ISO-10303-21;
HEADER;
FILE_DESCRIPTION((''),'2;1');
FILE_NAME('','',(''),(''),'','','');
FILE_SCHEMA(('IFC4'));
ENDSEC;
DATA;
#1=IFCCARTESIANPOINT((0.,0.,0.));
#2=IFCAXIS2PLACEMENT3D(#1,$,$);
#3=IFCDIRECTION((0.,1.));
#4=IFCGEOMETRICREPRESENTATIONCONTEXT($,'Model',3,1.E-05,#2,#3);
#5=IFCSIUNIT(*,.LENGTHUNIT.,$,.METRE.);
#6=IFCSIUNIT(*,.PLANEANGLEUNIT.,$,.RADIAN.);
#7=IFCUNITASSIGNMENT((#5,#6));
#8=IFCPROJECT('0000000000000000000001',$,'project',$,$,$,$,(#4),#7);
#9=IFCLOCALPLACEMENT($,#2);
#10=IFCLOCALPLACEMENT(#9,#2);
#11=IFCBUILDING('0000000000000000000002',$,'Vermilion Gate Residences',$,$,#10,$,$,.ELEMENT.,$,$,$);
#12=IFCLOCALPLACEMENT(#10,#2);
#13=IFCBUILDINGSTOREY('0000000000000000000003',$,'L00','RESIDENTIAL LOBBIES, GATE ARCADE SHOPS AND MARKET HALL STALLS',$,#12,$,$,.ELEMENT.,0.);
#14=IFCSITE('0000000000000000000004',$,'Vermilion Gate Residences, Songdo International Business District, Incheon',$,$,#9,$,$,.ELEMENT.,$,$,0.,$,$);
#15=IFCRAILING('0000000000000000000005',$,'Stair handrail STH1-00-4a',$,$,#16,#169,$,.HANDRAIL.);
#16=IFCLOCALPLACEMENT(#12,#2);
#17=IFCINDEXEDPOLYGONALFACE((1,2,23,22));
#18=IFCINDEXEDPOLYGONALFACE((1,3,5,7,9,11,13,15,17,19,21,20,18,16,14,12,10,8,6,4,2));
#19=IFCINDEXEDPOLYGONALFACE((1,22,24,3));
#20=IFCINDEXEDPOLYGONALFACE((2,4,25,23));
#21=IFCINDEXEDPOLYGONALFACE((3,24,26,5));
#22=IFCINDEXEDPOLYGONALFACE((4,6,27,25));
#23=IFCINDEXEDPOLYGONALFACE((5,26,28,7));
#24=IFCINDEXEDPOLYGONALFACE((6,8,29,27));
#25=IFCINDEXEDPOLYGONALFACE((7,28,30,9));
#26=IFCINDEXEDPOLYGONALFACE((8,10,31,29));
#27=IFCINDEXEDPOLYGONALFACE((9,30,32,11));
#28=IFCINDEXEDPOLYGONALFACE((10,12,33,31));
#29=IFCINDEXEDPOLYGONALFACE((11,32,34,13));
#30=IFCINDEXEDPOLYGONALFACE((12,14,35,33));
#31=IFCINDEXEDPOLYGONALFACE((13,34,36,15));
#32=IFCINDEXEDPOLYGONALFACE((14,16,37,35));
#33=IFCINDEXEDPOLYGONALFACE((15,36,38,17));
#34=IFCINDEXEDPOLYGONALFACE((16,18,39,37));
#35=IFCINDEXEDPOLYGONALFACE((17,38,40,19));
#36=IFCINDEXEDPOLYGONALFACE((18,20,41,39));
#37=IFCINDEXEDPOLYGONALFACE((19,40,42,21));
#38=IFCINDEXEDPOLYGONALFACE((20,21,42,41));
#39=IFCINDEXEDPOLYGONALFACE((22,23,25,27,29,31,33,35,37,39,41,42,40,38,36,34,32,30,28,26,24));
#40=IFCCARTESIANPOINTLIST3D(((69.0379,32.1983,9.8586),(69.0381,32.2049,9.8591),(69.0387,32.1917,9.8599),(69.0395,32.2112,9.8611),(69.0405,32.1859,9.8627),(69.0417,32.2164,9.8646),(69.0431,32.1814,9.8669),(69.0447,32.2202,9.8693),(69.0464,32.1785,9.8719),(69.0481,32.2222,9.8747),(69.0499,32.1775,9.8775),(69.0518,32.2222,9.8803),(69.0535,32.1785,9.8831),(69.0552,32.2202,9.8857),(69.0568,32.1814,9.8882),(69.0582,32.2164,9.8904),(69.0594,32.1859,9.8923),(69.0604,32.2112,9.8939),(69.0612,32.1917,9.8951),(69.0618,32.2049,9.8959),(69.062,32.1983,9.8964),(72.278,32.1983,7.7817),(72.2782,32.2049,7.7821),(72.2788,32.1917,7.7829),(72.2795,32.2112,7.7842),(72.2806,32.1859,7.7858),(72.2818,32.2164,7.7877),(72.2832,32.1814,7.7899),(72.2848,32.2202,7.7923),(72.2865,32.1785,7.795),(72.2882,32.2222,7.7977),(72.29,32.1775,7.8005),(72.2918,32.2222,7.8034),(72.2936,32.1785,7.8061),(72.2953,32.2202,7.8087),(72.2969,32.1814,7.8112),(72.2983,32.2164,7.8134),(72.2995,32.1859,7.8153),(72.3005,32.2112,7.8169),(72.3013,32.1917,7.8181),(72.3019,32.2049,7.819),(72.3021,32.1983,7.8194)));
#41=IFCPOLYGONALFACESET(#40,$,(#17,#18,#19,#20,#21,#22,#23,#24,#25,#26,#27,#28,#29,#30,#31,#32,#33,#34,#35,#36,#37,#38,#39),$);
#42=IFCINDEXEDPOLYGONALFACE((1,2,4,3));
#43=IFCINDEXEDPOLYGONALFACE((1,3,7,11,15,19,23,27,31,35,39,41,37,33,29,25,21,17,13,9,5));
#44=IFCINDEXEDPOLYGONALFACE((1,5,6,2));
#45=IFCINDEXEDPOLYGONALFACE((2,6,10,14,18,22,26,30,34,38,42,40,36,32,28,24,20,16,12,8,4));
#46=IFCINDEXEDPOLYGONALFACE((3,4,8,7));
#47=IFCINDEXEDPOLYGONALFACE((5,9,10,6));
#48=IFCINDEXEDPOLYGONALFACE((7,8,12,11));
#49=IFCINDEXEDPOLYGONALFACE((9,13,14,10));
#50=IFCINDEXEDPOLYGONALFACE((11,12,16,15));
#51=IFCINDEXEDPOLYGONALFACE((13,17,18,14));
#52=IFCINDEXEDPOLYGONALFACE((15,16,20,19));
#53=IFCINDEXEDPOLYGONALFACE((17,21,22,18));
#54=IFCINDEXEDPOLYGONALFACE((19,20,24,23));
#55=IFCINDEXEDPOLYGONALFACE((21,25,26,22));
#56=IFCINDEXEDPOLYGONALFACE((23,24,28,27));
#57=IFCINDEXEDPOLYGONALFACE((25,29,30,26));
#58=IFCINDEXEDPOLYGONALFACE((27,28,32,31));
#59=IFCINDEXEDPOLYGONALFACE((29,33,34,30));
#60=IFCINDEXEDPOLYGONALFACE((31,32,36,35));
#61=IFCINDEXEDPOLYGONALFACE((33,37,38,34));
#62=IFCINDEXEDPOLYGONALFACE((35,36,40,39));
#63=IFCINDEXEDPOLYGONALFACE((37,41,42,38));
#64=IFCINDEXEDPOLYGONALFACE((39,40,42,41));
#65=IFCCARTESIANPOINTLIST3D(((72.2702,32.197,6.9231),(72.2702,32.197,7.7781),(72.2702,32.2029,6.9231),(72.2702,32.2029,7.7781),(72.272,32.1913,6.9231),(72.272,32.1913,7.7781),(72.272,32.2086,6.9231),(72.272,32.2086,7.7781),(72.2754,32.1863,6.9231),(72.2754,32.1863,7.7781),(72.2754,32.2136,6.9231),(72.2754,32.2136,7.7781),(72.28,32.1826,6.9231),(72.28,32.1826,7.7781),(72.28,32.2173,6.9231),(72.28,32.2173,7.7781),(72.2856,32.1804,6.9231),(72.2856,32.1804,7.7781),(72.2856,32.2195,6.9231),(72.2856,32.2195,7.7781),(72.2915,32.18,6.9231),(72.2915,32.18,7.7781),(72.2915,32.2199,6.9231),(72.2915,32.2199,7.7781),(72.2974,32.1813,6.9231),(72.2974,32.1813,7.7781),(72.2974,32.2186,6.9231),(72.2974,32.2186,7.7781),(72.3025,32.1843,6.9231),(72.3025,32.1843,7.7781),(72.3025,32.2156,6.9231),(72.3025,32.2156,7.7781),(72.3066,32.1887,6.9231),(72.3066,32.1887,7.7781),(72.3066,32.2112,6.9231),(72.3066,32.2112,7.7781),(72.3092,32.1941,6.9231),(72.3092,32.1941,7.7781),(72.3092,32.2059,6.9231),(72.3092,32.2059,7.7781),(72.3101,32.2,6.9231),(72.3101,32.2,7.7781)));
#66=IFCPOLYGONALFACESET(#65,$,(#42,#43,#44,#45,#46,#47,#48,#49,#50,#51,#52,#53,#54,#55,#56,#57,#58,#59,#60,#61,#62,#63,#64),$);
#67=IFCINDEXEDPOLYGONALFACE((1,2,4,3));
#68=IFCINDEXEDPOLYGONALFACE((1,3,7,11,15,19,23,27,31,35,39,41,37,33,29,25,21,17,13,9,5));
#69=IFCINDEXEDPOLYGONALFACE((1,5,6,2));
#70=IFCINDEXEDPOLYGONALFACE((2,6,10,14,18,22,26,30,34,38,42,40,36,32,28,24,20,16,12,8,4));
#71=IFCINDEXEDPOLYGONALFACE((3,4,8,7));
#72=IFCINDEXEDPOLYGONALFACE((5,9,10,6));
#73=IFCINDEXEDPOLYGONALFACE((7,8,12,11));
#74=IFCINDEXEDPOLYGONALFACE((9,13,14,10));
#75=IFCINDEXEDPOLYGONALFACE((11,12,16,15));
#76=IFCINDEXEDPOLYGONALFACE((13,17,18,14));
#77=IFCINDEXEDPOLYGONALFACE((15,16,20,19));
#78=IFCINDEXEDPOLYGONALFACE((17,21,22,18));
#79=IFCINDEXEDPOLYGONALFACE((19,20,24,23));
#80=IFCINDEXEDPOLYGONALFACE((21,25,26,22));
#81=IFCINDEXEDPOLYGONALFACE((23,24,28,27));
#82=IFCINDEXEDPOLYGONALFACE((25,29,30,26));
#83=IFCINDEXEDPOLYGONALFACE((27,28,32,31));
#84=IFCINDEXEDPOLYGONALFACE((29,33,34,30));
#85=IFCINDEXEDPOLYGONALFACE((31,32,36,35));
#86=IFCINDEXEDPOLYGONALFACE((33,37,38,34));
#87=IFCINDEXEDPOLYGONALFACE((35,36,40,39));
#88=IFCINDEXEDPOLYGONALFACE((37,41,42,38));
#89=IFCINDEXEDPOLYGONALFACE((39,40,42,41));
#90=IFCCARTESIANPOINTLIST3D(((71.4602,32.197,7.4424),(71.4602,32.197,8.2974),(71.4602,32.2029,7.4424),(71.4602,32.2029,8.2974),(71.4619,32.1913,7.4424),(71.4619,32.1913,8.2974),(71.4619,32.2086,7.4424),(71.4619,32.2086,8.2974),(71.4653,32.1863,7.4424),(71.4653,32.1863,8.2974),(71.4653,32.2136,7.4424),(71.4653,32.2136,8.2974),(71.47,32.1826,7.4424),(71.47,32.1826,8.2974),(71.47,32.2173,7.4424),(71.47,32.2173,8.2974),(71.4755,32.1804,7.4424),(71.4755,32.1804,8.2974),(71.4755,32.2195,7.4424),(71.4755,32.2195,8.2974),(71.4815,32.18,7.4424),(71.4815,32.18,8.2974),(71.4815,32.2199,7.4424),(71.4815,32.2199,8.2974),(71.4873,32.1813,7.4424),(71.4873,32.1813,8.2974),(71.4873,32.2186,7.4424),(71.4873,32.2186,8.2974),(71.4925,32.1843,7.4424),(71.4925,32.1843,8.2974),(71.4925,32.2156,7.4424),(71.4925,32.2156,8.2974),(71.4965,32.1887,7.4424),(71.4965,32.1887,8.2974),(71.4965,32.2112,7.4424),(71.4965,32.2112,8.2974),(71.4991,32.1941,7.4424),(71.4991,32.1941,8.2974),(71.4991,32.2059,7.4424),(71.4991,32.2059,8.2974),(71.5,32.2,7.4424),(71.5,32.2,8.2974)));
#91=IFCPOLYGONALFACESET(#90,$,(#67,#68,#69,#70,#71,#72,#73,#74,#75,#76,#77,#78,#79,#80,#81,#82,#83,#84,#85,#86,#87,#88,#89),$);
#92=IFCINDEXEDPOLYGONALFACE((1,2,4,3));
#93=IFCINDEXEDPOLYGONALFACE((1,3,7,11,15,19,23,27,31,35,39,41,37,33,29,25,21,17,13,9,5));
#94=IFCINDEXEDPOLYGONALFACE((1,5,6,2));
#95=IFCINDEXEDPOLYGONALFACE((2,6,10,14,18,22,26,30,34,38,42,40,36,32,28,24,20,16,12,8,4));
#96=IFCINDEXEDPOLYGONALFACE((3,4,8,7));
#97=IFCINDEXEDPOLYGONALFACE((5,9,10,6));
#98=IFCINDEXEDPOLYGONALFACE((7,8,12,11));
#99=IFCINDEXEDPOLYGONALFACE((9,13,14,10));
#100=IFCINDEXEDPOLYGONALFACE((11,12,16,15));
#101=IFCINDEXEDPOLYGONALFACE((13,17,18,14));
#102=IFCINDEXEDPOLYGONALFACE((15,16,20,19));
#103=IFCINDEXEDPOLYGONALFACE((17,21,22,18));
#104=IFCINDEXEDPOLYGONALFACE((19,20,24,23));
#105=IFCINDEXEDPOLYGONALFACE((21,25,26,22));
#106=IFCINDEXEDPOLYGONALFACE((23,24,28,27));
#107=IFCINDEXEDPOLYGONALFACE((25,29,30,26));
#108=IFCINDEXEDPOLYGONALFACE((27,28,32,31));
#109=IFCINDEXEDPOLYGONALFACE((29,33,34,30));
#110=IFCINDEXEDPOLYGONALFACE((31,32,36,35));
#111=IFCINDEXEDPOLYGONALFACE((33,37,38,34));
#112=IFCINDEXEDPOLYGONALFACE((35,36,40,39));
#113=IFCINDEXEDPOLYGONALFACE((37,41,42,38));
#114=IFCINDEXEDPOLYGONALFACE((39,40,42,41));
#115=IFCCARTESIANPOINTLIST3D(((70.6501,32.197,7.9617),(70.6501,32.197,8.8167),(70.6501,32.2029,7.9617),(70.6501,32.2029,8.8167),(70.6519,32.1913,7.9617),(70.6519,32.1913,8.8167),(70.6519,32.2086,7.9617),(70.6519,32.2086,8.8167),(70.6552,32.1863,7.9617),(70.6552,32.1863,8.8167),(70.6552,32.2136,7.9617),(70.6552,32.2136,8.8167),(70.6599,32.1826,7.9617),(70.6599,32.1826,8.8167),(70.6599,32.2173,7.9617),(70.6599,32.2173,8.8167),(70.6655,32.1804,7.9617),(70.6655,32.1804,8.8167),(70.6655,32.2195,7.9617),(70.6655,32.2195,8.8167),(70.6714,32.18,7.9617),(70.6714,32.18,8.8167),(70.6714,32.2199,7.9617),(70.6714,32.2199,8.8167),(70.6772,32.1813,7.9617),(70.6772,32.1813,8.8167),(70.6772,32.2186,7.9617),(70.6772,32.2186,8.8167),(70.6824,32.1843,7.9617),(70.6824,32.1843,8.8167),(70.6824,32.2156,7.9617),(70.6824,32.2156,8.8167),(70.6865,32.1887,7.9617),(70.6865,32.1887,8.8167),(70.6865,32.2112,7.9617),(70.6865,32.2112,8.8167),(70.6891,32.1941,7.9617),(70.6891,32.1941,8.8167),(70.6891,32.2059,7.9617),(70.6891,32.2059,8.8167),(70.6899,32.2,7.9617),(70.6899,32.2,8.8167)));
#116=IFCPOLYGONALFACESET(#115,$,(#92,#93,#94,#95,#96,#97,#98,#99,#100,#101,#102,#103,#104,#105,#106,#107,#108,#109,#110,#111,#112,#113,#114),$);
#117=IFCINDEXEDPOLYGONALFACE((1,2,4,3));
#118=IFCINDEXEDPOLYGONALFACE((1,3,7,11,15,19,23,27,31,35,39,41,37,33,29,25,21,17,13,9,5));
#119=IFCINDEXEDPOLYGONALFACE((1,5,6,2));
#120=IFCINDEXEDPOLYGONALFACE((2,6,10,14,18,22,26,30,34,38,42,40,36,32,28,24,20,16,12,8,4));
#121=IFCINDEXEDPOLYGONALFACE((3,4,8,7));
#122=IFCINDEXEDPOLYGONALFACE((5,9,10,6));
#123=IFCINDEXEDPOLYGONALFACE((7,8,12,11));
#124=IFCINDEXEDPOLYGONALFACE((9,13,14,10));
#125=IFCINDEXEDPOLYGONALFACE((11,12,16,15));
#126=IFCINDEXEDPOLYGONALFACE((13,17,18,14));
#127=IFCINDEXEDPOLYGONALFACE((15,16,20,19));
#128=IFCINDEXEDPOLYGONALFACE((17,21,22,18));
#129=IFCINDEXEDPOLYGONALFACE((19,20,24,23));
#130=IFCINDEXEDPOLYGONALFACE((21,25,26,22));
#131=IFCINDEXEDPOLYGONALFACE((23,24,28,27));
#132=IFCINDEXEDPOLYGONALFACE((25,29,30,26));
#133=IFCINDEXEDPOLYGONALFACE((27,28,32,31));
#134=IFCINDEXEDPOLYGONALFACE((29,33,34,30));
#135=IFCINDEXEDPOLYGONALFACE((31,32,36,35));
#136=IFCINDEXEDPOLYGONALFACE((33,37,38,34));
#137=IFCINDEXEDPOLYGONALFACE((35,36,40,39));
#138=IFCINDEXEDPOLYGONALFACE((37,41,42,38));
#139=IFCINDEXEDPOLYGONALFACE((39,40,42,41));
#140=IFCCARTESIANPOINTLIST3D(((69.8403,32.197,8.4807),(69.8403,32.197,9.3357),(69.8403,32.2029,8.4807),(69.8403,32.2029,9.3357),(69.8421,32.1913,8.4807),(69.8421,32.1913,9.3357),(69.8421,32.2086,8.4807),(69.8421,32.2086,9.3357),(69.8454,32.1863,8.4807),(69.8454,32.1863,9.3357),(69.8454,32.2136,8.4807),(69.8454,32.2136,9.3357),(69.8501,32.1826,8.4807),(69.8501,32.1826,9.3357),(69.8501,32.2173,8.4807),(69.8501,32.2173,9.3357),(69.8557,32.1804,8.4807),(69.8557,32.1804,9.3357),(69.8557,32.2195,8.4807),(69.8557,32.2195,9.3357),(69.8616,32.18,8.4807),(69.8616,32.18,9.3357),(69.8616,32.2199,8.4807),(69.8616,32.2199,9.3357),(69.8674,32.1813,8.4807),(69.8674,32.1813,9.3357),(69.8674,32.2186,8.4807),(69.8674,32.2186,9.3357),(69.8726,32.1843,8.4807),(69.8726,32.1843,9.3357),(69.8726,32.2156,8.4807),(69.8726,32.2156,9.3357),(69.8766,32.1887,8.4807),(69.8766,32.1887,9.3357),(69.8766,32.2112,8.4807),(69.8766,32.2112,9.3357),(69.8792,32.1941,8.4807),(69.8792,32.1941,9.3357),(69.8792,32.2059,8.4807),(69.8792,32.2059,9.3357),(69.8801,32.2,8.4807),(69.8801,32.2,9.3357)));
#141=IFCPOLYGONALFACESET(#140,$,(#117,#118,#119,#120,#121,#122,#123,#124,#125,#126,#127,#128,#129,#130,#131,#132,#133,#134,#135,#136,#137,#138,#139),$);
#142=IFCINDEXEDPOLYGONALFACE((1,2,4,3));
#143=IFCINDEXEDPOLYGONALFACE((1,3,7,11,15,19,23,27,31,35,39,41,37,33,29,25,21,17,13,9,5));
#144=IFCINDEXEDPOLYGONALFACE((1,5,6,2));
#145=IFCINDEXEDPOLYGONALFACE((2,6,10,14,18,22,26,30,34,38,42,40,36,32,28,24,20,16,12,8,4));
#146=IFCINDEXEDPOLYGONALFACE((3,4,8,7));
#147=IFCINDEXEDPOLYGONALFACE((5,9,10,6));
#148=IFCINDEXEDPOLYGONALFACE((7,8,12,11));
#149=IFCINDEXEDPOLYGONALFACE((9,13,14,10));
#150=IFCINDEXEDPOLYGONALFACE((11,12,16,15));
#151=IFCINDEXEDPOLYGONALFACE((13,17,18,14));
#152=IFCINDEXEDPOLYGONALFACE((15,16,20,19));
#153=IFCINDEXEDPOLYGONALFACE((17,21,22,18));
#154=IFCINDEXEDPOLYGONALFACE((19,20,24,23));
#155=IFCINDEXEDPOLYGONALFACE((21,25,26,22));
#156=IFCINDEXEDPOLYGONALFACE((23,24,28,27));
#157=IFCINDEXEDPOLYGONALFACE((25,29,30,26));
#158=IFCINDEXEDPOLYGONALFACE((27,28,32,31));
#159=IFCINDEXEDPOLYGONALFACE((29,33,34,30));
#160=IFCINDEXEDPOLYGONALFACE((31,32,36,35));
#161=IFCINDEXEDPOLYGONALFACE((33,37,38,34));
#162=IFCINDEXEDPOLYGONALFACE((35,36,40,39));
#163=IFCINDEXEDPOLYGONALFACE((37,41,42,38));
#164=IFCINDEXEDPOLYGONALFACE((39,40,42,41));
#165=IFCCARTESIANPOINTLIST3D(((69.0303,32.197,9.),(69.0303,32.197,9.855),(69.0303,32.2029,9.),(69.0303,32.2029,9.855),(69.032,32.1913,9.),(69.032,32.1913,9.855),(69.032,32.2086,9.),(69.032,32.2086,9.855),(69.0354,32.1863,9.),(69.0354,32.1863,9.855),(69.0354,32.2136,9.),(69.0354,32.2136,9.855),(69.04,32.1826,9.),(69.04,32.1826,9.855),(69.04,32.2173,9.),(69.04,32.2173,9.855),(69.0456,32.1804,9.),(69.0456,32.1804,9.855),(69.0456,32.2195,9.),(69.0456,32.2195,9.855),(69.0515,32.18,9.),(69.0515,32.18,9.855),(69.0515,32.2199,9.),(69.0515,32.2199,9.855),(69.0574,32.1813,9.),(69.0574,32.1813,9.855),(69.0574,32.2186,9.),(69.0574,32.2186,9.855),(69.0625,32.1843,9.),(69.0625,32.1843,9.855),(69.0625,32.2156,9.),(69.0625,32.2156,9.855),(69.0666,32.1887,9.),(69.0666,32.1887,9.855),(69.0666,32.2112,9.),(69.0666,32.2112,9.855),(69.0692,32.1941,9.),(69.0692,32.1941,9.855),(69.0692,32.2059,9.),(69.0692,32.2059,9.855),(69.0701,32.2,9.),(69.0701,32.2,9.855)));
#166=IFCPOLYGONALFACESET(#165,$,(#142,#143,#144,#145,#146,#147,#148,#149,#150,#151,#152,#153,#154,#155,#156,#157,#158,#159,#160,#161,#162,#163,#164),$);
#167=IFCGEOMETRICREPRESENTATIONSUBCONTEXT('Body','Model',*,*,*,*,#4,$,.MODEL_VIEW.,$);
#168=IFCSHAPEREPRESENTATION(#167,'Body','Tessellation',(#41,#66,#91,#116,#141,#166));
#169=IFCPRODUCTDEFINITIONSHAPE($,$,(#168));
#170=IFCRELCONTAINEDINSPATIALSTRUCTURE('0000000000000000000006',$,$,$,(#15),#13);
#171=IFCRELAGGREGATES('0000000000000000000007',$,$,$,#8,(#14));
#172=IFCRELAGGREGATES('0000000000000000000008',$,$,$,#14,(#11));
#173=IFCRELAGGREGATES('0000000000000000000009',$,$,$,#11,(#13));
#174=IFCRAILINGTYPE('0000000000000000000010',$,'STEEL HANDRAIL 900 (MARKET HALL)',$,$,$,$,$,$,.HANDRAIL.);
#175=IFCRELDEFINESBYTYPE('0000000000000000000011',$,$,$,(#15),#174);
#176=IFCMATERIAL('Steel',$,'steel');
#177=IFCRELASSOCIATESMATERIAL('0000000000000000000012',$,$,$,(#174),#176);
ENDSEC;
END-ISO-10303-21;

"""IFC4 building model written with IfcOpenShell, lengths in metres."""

from ifc_helpers import new_model, si_unit, direction, frame, origin, origin_2d, place, context, subcontext, project, spatial, circle, extrude, material, type_object, element, save


model = new_model("IFC4")

# Units and contexts
model_context = context("Model", 3, precision=1e-05, world=origin(), true_north=direction((0.0, 1.0)))
body_context = subcontext(model_context, "Body", "Model", "MODEL_VIEW")
ifc_project = project(units=[si_unit("LENGTHUNIT", "METRE"), si_unit("PLANEANGLEUNIT", "RADIAN")], contexts=[model_context])

# Site, building, storey
site_placement = place(None, origin())
site = spatial("IfcSite", under=ifc_project, at=site_placement, Name="Vermilion Gate Residences, Songdo International Business District, Incheon", CompositionType="ELEMENT", RefElevation=0.0)
building_placement = place(site_placement, origin())
building = spatial("IfcBuilding", under=site, at=building_placement, Name="Vermilion Gate Residences", CompositionType="ELEMENT")
storey_placement = place(building_placement, origin())
storey = spatial("IfcBuildingStorey", under=building, at=storey_placement, Name="L00", Description="RESIDENTIAL LOBBIES, GATE ARCADE SHOPS AND MARKET HALL STALLS", CompositionType="ELEMENT", Elevation=0.0)

# Railing
ifc_material_1 = material(Name="Steel", Category="steel")
railing_type = type_object("IfcRailingType", Name="STEEL HANDRAIL 900 (MARKET HALL)", PredefinedType="HANDRAIL", material=ifc_material_1)
railing_1_placement = place(storey_placement, frame((72.29, 32.2, 6.9231)))
element("IfcRailing", 1, at=railing_1_placement, inside=storey, type_object=railing_type, Name="Stair handrail STH1-00-4a", PredefinedType="HANDRAIL", context=body_context, shape_type="SweptSolid", body=[
    extrude(circle(Radius=0.0225, at=origin_2d()), frame((0.0, 0.0, 0.8774), z_axis=(-0.841881, 0.0, 0.539664), x_axis=(0.0, -1.0, 0.0)), (0.0, 0.0, 1.0), 3.8486),
    extrude(circle(Radius=0.02, at=origin_2d()), origin(), (0.0, 0.0, 1.0), 0.855),
    extrude(circle(Radius=0.02, at=origin_2d()), frame((-0.8101, 0.0, 0.5193)), (0.0, 0.0, 1.0), 0.855),
    extrude(circle(Radius=0.02, at=origin_2d()), frame((-1.6201, 0.0, 1.0386)), (0.0, 0.0, 1.0), 0.855),
    extrude(circle(Radius=0.02, at=origin_2d()), frame((-2.4299, 0.0, 1.5576)), (0.0, 0.0, 1.0), 0.855),
    extrude(circle(Radius=0.02, at=origin_2d()), frame((-3.24, 0.0, 2.0769)), (0.0, 0.0, 1.0), 0.855),
])

save(model, "model.ifc")
